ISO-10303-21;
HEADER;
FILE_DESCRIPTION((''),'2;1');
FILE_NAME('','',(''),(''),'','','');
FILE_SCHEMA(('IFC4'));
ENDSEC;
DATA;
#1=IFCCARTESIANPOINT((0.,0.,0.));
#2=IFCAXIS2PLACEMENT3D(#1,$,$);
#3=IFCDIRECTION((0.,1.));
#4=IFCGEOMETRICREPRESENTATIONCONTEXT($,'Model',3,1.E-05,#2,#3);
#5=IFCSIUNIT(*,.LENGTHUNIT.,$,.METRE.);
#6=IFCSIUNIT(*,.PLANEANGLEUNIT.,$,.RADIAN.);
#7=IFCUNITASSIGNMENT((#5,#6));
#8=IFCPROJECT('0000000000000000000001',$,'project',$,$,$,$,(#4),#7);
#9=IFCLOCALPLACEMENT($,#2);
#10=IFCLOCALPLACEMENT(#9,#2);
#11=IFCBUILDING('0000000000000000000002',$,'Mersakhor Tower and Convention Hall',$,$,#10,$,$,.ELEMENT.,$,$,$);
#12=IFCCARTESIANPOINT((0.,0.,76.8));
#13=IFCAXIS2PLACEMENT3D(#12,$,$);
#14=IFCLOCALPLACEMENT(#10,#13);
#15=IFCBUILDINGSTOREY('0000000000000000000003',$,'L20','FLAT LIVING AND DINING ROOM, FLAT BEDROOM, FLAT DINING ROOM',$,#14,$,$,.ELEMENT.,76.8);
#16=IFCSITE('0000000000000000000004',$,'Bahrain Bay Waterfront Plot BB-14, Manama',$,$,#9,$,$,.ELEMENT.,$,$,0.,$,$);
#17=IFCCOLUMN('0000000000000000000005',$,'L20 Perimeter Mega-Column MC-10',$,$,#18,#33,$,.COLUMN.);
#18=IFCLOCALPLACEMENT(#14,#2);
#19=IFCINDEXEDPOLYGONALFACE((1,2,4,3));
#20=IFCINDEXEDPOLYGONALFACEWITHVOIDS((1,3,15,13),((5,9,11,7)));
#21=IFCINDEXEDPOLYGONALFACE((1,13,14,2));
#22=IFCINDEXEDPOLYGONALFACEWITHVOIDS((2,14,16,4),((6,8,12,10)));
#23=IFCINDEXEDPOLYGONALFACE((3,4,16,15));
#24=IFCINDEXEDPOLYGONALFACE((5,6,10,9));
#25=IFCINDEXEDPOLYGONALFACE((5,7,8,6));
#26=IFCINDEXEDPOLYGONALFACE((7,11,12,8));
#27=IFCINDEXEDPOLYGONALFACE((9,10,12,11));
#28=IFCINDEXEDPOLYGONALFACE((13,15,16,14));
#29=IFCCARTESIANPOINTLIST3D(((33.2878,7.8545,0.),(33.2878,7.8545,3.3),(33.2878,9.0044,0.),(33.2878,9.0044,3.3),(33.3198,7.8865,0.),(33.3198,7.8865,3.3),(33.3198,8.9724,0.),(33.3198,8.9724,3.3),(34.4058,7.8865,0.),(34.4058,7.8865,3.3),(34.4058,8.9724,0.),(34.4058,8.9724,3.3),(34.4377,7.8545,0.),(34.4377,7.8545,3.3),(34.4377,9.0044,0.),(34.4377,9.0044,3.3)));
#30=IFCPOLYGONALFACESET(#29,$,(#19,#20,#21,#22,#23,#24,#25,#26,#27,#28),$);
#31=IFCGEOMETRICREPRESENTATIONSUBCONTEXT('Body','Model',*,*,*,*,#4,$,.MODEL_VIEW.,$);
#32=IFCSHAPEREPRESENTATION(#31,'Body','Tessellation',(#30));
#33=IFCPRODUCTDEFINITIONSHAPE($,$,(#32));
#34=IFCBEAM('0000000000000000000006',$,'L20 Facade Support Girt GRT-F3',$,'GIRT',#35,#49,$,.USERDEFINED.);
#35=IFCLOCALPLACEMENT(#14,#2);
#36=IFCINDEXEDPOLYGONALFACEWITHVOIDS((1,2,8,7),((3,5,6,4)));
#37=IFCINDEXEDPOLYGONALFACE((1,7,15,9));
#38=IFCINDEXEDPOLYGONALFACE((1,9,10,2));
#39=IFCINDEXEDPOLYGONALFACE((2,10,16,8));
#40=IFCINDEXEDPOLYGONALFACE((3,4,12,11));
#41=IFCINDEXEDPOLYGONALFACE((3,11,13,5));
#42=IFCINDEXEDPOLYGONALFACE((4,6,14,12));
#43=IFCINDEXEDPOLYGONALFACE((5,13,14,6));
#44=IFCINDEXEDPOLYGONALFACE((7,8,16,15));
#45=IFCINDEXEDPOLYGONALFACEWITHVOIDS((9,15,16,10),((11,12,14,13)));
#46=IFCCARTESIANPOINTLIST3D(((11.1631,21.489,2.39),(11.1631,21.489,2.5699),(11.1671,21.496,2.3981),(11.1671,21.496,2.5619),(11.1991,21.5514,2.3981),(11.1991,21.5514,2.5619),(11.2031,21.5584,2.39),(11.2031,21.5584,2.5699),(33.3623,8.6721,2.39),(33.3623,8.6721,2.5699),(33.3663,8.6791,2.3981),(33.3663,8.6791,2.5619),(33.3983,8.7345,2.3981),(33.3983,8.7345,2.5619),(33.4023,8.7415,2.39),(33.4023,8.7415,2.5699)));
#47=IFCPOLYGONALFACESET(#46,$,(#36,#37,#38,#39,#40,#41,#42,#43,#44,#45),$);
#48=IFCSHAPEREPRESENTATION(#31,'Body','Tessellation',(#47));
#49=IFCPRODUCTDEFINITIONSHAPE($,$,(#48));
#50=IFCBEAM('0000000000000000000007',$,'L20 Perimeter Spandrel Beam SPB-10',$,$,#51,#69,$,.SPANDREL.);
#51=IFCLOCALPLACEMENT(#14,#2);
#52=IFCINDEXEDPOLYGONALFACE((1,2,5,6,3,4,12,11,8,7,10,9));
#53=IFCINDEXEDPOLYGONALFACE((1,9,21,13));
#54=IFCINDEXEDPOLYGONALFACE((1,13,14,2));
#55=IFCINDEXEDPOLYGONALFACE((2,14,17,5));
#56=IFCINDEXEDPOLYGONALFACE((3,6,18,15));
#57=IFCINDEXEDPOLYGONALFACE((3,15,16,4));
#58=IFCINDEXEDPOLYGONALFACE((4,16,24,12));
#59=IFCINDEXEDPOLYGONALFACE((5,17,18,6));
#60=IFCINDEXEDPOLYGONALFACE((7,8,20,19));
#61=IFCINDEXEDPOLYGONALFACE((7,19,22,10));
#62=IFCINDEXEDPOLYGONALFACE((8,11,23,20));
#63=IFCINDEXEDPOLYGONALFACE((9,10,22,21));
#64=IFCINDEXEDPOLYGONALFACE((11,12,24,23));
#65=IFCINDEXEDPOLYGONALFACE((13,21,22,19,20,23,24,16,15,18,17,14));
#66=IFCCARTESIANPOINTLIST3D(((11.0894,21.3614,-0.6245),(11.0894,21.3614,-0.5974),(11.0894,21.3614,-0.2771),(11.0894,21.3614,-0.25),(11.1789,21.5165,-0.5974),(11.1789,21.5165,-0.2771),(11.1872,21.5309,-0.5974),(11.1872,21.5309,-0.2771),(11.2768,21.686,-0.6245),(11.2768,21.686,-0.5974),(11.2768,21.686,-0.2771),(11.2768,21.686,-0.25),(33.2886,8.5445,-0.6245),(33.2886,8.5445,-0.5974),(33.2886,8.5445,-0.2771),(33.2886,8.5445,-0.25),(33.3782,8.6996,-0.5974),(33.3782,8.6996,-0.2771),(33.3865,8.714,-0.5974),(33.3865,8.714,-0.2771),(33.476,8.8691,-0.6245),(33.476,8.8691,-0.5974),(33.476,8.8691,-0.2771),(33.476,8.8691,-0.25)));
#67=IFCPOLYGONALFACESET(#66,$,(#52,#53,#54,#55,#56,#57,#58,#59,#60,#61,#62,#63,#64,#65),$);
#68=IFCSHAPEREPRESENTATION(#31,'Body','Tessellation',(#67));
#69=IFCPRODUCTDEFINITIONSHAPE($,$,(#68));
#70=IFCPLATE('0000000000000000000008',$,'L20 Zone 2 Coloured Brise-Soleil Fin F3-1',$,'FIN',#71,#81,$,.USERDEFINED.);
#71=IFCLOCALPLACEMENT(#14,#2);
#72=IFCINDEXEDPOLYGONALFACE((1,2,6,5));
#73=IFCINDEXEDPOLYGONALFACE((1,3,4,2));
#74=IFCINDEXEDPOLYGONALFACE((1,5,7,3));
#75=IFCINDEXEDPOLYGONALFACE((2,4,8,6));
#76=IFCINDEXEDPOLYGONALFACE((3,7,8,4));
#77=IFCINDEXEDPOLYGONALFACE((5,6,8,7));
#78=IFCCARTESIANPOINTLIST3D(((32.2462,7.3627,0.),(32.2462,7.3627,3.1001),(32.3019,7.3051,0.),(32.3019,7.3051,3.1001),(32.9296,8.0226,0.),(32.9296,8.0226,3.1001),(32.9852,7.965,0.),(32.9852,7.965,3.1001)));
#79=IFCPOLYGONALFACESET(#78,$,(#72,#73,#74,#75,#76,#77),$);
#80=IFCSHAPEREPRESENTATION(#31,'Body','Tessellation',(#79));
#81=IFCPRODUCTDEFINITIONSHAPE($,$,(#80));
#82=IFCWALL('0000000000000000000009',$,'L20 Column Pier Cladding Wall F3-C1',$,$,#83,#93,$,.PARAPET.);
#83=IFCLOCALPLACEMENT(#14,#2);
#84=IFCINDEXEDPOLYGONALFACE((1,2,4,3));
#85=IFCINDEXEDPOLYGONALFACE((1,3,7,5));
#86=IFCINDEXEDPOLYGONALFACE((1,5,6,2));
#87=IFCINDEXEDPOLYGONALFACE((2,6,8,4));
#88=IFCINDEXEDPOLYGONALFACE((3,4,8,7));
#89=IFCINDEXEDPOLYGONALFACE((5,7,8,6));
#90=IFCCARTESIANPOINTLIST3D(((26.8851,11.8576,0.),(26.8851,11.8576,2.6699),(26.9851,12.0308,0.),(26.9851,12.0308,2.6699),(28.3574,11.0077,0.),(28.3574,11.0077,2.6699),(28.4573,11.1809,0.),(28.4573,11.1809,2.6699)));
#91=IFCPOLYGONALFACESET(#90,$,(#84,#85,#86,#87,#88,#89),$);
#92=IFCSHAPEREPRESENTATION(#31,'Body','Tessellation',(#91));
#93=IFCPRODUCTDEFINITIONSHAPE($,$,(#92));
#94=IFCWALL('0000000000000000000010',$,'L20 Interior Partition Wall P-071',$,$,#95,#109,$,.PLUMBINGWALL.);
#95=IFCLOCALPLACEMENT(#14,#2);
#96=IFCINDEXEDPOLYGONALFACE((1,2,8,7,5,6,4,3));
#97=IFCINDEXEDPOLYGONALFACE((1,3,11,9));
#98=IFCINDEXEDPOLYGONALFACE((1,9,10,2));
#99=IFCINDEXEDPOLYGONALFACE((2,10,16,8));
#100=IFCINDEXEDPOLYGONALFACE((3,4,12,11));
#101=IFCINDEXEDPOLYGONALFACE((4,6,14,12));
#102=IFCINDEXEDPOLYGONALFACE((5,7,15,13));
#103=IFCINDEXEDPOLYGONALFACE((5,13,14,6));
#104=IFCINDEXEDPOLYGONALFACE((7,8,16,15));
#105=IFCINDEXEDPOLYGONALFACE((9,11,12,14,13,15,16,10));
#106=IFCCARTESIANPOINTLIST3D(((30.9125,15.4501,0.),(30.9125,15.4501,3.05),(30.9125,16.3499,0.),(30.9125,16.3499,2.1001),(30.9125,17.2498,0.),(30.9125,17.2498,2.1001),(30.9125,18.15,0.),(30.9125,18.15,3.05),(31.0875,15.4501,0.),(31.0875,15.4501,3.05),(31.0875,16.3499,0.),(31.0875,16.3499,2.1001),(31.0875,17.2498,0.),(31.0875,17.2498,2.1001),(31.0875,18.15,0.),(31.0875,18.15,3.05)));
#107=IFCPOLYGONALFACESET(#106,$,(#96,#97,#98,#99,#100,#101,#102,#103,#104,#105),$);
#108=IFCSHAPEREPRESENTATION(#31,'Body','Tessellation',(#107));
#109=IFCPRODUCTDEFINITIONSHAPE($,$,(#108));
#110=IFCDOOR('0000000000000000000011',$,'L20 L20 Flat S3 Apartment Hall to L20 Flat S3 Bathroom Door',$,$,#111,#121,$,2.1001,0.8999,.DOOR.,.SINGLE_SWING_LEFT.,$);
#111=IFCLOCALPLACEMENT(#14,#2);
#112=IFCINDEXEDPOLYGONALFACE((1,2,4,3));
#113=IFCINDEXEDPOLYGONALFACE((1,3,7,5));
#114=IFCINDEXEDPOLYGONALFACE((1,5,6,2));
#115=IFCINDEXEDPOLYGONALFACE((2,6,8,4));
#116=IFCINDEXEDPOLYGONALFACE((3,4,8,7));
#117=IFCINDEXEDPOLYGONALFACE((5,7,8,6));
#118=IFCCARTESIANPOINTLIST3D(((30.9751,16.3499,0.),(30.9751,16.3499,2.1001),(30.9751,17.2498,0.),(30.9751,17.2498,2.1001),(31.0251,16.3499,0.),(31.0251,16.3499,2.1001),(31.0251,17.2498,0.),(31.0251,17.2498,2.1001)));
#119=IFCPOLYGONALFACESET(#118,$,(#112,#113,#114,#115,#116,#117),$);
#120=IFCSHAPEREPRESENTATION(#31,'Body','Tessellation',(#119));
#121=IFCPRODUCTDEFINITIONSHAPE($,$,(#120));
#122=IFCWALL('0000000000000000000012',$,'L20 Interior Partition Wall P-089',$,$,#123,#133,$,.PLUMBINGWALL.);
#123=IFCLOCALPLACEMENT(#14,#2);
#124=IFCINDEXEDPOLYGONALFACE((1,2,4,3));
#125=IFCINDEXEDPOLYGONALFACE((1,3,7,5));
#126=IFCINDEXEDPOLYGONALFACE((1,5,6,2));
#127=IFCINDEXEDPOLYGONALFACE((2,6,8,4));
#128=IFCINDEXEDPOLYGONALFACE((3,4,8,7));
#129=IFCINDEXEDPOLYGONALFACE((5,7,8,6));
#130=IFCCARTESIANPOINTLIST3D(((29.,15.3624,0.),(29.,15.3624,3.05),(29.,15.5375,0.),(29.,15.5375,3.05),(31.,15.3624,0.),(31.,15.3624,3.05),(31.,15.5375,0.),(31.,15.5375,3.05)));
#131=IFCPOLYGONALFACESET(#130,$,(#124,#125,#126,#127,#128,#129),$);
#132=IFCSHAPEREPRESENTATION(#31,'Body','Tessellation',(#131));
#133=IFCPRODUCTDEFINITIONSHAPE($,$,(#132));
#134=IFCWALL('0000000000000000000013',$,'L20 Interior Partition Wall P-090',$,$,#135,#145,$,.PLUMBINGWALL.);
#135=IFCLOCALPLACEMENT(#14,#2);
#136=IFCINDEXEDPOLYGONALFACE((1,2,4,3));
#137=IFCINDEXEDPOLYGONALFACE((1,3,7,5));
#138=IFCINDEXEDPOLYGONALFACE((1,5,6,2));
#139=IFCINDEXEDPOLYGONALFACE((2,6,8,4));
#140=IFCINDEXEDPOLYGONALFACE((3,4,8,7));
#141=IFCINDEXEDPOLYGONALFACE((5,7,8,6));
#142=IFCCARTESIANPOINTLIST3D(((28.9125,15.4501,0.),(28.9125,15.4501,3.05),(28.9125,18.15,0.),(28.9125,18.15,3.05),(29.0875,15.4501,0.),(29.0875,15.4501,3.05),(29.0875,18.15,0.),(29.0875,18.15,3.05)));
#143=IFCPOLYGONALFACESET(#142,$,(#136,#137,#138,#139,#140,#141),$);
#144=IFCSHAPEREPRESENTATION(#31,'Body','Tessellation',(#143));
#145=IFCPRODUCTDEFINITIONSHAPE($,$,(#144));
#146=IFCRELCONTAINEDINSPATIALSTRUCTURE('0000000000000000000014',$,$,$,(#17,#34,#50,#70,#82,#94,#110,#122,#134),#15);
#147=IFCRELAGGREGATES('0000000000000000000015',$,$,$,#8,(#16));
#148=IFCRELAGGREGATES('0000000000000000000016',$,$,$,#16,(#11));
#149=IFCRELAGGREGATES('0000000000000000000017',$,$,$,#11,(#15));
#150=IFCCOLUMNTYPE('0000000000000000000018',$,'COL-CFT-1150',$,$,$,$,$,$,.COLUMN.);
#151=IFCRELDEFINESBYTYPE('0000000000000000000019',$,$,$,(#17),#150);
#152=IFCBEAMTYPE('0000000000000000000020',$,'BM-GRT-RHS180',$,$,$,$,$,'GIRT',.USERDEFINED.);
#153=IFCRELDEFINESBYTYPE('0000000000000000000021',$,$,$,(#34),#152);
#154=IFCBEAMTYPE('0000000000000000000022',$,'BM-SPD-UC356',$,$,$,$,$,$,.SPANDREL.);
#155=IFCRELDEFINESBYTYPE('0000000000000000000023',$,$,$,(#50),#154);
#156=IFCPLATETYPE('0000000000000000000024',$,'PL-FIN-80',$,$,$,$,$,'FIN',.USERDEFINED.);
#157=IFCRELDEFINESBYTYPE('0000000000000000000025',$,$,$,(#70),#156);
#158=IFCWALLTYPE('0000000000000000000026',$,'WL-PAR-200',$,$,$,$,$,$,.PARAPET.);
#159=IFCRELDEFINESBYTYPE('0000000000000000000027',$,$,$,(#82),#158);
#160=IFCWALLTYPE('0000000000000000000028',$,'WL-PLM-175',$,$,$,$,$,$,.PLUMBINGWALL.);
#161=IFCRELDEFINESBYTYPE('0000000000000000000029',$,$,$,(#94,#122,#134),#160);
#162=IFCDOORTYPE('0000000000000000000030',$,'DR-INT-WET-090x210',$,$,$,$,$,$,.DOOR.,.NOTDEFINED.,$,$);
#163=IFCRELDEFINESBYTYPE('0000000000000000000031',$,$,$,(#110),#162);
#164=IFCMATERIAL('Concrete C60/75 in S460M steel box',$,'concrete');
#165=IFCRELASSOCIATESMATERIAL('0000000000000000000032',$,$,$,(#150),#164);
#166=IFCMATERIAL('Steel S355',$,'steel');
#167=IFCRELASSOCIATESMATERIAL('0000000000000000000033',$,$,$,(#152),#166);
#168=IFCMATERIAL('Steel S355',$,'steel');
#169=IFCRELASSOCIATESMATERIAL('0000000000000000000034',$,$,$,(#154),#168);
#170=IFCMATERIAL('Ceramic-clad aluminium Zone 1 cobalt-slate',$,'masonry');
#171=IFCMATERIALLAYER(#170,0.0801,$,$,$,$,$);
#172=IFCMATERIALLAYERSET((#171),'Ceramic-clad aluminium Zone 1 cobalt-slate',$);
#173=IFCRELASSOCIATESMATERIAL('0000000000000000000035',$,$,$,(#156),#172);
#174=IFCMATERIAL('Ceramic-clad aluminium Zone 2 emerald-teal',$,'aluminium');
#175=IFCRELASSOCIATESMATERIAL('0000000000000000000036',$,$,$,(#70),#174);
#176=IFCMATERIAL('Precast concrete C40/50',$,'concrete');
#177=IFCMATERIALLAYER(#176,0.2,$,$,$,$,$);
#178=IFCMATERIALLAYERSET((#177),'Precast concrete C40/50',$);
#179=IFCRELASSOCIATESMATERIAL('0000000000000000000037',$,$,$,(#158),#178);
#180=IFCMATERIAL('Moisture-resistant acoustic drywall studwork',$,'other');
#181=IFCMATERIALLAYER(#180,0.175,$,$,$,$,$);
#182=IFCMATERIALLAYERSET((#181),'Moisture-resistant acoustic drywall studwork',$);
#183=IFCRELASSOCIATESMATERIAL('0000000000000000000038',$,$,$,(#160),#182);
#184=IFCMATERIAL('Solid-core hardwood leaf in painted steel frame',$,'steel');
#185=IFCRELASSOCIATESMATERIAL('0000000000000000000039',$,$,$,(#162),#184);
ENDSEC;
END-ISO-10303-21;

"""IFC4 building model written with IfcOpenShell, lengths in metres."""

from ifc_helpers import new_model, si_unit, direction, frame, frame_2d, origin, origin_2d, place, context, subcontext, project, spatial, rectangle, hollow_rectangle, i_section, extrude, material, layer, layer_set, material_profile, profile_set, type_object, element, fill, save


model = new_model("IFC4")

# Units and contexts
model_context = context("Model", 3, precision=1e-05, world=origin(), true_north=direction((0.0, 1.0)))
body_context = subcontext(model_context, "Body", "Model", "MODEL_VIEW")
ifc_project = project(units=[si_unit("LENGTHUNIT", "METRE"), si_unit("PLANEANGLEUNIT", "RADIAN")], contexts=[model_context])

# Site, building, storey
site_placement = place(None, origin())
site = spatial("IfcSite", under=ifc_project, at=site_placement, Name="Bahrain Bay Waterfront Plot BB-14, Manama", CompositionType="ELEMENT", RefElevation=0.0)
building_placement = place(site_placement, origin())
building = spatial("IfcBuilding", under=site, at=building_placement, Name="Mersakhor Tower and Convention Hall", CompositionType="ELEMENT")
storey_placement = place(building_placement, frame((0.0, 0.0, 76.8)))
storey = spatial("IfcBuildingStorey", under=building, at=storey_placement, Name="L20", Description="FLAT LIVING AND DINING ROOM, FLAT BEDROOM, FLAT DINING ROOM", CompositionType="ELEMENT", Elevation=76.8)

# Column
ifc_material_1 = material(Name="Concrete C60/75 in S460M steel box", Category="concrete")
ifc_material_profile_1 = material_profile(ifc_material_1, hollow_rectangle(XDim=1.1499, YDim=1.1499, WallThickness=0.032, at=origin_2d()), Name="SHS 1150x1150x32")
ifc_profile_set_1 = profile_set([ifc_material_profile_1], Name="Concrete C60/75 in S460M steel box")
column_type = type_object("IfcColumnType", Name="COL-CFT-1150", PredefinedType="COLUMN", material=ifc_profile_set_1)
column_placement = place(storey_placement, frame((33.8628, 8.4294, 0.0), z_axis=(0.0, 0.0, 1.0), x_axis=(1.0, 0.0, 0.0)))
element("IfcColumn", 1, at=column_placement, inside=storey, type_object=column_type, Name="L20 Perimeter Mega-Column MC-10", PredefinedType="COLUMN", context=body_context, shape_type="SweptSolid", body=[
    extrude(hollow_rectangle(XDim=1.1499, YDim=1.1499, WallThickness=0.032, at=origin_2d()), origin(), (0.0, 0.0, 1.0), 3.3),
])

# Beams
ifc_material_2 = material(Name="Steel S355", Category="steel")
ifc_material_profile_2 = material_profile(ifc_material_2, hollow_rectangle(XDim=0.0801, YDim=0.1799, WallThickness=0.0081, at=origin_2d()), Name="RHS 180x80x8")
ifc_profile_set_2 = profile_set([ifc_material_profile_2], Name="Steel S355")
beam_type_1 = type_object("IfcBeamType", Name="BM-GRT-RHS180", ElementType="GIRT", PredefinedType="USERDEFINED", material=ifc_profile_set_2)
beam_1_placement = place(storey_placement, frame((33.3823, 8.7068, 2.48), z_axis=(-0.866023, 0.500005, 0.0), x_axis=(-0.500005, -0.866023, 0.0)))
element("IfcBeam", 2, at=beam_1_placement, inside=storey, type_object=beam_type_1, Name="L20 Facade Support Girt GRT-F3", ObjectType="GIRT", PredefinedType="USERDEFINED", context=body_context, shape_type="SweptSolid", body=[
    extrude(hollow_rectangle(XDim=0.0801, YDim=0.1799, WallThickness=0.0081, at=origin_2d()), origin(), (0.0, 0.0, 1.0), 25.6335),
])
ifc_material_3 = material(Name="Steel S355", Category="steel")
ifc_material_profile_3 = material_profile(ifc_material_3, i_section(OverallWidth=0.3748, OverallDepth=0.3745, WebThickness=0.0166, FlangeThickness=0.0271, at=origin_2d()), Name="UC 356x368x202")
ifc_profile_set_3 = profile_set([ifc_material_profile_3], Name="Steel S355")
beam_type_2 = type_object("IfcBeamType", Name="BM-SPD-UC356", PredefinedType="SPANDREL", material=ifc_profile_set_3)
beam_2_placement = place(storey_placement, frame((33.3823, 8.7068, -0.4373), z_axis=(-0.866023, 0.500005, 0.0), x_axis=(-0.500005, -0.866023, 0.0)))
element("IfcBeam", 3, at=beam_2_placement, inside=storey, type_object=beam_type_2, Name="L20 Perimeter Spandrel Beam SPB-10", PredefinedType="SPANDREL", context=body_context, shape_type="SweptSolid", body=[
    extrude(i_section(OverallWidth=0.3748, OverallDepth=0.3745, WebThickness=0.0166, FlangeThickness=0.0271, at=origin_2d()), origin(), (0.0, 0.0, 1.0), 25.6335),
])

# Plate
ifc_material_4 = material(Name="Ceramic-clad aluminium Zone 2 emerald-teal", Category="aluminium")
ifc_material_5 = material(Name="Ceramic-clad aluminium Zone 1 cobalt-slate", Category="masonry")
ifc_layer_1 = layer(ifc_material_5, 0.0801)
ifc_layer_set_1 = layer_set([ifc_layer_1], Name="Ceramic-clad aluminium Zone 1 cobalt-slate")
plate_type = type_object("IfcPlateType", Name="PL-FIN-80", ElementType="FIN", PredefinedType="USERDEFINED", material=ifc_layer_set_1)
plate_placement = place(storey_placement, frame((32.6157, 7.6638, 0.0), z_axis=(0.0, 0.0, 1.0), x_axis=(-0.71934, -0.694658, 0.0)))
element("IfcPlate", 4, at=plate_placement, inside=storey, type_object=plate_type, material=ifc_material_4, Name="L20 Zone 2 Coloured Brise-Soleil Fin F3-1", ObjectType="FIN", PredefinedType="USERDEFINED", context=body_context, shape_type="SweptSolid", body=[
    extrude(rectangle(XDim=0.95, YDim=0.0801, at=origin_2d()), origin(), (0.0, 0.0, 1.0), 3.1001),
])

# Wall
ifc_material_6 = material(Name="Precast concrete C40/50", Category="concrete")
ifc_layer_2 = layer(ifc_material_6, 0.2)
ifc_layer_set_2 = layer_set([ifc_layer_2], Name="Precast concrete C40/50")
wall_type_1 = type_object("IfcWallType", Name="WL-PAR-200", PredefinedType="PARAPET", material=ifc_layer_set_2)
wall_1_placement = place(storey_placement, frame((28.4075, 11.0942, 0.0), z_axis=(0.0, 0.0, 1.0), x_axis=(-0.866052, 0.499955, 0.0)))
element("IfcWall", 5, at=wall_1_placement, inside=storey, type_object=wall_type_1, Name="L20 Column Pier Cladding Wall F3-C1", PredefinedType="PARAPET", context=body_context, shape_type="SweptSolid", body=[
    extrude(rectangle(XDim=1.7, YDim=0.2, at=frame_2d((0.8501, 0.0))), origin(), (0.0, 0.0, 1.0), 2.6699),
])

# Wall, opening, door
ifc_material_7 = material(Name="Moisture-resistant acoustic drywall studwork", Category="other")
ifc_layer_3 = layer(ifc_material_7, 0.175)
ifc_layer_set_3 = layer_set([ifc_layer_3], Name="Moisture-resistant acoustic drywall studwork")
wall_type_2 = type_object("IfcWallType", Name="WL-PLM-175", PredefinedType="PLUMBINGWALL", material=ifc_layer_set_3)
wall_2_placement = place(storey_placement, frame((31.0, 15.45, 0.0), z_axis=(0.0, 0.0, 1.0), x_axis=(0.0, 1.0, 0.0)))
wall_2 = element("IfcWall", 6, at=wall_2_placement, inside=storey, type_object=wall_type_2, Name="L20 Interior Partition Wall P-071", PredefinedType="PLUMBINGWALL", context=body_context, shape_type="SweptSolid", body=[
    extrude(rectangle(XDim=2.7, YDim=0.175, at=frame_2d((1.3501, 0.0))), origin(), (0.0, 0.0, 1.0), 3.05),
])
opening_1_placement = place(wall_2_placement, frame((0.8999, 0.0, 0.0)))
opening_1 = element("IfcOpeningElement", 7, at=opening_1_placement, cuts=wall_2, PredefinedType="OPENING", context=body_context, shape_type="SweptSolid", body=[
    extrude(rectangle(XDim=0.8999, YDim=2.1001, at=frame_2d((0.45, 1.05))), frame((0.0, 0.0974, 0.0), z_axis=(0.0, -1.0, 0.0), x_axis=(1.0, 0.0, 0.0)), (0.0, 0.0, 1.0), 0.1951),
])
ifc_material_8 = material(Name="Solid-core hardwood leaf in painted steel frame", Category="steel")
door_type_1 = type_object("IfcDoorType", Name="DR-INT-WET-090x210", OperationType="NOTDEFINED", PredefinedType="DOOR", material=ifc_material_8)
door_1_placement = place(opening_1_placement, origin())
door_1 = element("IfcDoor", 8, at=door_1_placement, inside=storey, type_object=door_type_1, Name="L20 L20 Flat S3 Apartment Hall to L20 Flat S3 Bathroom Door", OperationType="SINGLE_SWING_LEFT", OverallHeight=2.1001, OverallWidth=0.8999, PredefinedType="DOOR", context=body_context, shape_type="SweptSolid", body=[
    extrude(rectangle(XDim=0.8999, YDim=2.1001, at=frame_2d((0.45, 1.05))), frame((0.0, 0.0249, 0.0), z_axis=(0.0, -1.0, 0.0), x_axis=(1.0, 0.0, 0.0)), (0.0, 0.0, 1.0), 0.05),
])
fill(opening_1, door_1)

# Walls
wall_3_placement = place(storey_placement, frame((31.0, 15.45, 0.0), z_axis=(0.0, 0.0, 1.0), x_axis=(-1.0, 0.0, 0.0)))
element("IfcWall", 9, at=wall_3_placement, inside=storey, type_object=wall_type_2, Name="L20 Interior Partition Wall P-089", PredefinedType="PLUMBINGWALL", context=body_context, shape_type="SweptSolid", body=[
    extrude(rectangle(XDim=2.0, YDim=0.175, at=frame_2d((1.0, 0.0))), origin(), (0.0, 0.0, 1.0), 3.05),
])
wall_4_placement = place(storey_placement, frame((29.0, 15.45, 0.0), z_axis=(0.0, 0.0, 1.0), x_axis=(0.0, 1.0, 0.0)))
element("IfcWall", 10, at=wall_4_placement, inside=storey, type_object=wall_type_2, Name="L20 Interior Partition Wall P-090", PredefinedType="PLUMBINGWALL", context=body_context, shape_type="SweptSolid", body=[
    extrude(rectangle(XDim=2.7, YDim=0.175, at=frame_2d((1.3501, 0.0))), origin(), (0.0, 0.0, 1.0), 3.05),
])

save(model, "model.ifc")
